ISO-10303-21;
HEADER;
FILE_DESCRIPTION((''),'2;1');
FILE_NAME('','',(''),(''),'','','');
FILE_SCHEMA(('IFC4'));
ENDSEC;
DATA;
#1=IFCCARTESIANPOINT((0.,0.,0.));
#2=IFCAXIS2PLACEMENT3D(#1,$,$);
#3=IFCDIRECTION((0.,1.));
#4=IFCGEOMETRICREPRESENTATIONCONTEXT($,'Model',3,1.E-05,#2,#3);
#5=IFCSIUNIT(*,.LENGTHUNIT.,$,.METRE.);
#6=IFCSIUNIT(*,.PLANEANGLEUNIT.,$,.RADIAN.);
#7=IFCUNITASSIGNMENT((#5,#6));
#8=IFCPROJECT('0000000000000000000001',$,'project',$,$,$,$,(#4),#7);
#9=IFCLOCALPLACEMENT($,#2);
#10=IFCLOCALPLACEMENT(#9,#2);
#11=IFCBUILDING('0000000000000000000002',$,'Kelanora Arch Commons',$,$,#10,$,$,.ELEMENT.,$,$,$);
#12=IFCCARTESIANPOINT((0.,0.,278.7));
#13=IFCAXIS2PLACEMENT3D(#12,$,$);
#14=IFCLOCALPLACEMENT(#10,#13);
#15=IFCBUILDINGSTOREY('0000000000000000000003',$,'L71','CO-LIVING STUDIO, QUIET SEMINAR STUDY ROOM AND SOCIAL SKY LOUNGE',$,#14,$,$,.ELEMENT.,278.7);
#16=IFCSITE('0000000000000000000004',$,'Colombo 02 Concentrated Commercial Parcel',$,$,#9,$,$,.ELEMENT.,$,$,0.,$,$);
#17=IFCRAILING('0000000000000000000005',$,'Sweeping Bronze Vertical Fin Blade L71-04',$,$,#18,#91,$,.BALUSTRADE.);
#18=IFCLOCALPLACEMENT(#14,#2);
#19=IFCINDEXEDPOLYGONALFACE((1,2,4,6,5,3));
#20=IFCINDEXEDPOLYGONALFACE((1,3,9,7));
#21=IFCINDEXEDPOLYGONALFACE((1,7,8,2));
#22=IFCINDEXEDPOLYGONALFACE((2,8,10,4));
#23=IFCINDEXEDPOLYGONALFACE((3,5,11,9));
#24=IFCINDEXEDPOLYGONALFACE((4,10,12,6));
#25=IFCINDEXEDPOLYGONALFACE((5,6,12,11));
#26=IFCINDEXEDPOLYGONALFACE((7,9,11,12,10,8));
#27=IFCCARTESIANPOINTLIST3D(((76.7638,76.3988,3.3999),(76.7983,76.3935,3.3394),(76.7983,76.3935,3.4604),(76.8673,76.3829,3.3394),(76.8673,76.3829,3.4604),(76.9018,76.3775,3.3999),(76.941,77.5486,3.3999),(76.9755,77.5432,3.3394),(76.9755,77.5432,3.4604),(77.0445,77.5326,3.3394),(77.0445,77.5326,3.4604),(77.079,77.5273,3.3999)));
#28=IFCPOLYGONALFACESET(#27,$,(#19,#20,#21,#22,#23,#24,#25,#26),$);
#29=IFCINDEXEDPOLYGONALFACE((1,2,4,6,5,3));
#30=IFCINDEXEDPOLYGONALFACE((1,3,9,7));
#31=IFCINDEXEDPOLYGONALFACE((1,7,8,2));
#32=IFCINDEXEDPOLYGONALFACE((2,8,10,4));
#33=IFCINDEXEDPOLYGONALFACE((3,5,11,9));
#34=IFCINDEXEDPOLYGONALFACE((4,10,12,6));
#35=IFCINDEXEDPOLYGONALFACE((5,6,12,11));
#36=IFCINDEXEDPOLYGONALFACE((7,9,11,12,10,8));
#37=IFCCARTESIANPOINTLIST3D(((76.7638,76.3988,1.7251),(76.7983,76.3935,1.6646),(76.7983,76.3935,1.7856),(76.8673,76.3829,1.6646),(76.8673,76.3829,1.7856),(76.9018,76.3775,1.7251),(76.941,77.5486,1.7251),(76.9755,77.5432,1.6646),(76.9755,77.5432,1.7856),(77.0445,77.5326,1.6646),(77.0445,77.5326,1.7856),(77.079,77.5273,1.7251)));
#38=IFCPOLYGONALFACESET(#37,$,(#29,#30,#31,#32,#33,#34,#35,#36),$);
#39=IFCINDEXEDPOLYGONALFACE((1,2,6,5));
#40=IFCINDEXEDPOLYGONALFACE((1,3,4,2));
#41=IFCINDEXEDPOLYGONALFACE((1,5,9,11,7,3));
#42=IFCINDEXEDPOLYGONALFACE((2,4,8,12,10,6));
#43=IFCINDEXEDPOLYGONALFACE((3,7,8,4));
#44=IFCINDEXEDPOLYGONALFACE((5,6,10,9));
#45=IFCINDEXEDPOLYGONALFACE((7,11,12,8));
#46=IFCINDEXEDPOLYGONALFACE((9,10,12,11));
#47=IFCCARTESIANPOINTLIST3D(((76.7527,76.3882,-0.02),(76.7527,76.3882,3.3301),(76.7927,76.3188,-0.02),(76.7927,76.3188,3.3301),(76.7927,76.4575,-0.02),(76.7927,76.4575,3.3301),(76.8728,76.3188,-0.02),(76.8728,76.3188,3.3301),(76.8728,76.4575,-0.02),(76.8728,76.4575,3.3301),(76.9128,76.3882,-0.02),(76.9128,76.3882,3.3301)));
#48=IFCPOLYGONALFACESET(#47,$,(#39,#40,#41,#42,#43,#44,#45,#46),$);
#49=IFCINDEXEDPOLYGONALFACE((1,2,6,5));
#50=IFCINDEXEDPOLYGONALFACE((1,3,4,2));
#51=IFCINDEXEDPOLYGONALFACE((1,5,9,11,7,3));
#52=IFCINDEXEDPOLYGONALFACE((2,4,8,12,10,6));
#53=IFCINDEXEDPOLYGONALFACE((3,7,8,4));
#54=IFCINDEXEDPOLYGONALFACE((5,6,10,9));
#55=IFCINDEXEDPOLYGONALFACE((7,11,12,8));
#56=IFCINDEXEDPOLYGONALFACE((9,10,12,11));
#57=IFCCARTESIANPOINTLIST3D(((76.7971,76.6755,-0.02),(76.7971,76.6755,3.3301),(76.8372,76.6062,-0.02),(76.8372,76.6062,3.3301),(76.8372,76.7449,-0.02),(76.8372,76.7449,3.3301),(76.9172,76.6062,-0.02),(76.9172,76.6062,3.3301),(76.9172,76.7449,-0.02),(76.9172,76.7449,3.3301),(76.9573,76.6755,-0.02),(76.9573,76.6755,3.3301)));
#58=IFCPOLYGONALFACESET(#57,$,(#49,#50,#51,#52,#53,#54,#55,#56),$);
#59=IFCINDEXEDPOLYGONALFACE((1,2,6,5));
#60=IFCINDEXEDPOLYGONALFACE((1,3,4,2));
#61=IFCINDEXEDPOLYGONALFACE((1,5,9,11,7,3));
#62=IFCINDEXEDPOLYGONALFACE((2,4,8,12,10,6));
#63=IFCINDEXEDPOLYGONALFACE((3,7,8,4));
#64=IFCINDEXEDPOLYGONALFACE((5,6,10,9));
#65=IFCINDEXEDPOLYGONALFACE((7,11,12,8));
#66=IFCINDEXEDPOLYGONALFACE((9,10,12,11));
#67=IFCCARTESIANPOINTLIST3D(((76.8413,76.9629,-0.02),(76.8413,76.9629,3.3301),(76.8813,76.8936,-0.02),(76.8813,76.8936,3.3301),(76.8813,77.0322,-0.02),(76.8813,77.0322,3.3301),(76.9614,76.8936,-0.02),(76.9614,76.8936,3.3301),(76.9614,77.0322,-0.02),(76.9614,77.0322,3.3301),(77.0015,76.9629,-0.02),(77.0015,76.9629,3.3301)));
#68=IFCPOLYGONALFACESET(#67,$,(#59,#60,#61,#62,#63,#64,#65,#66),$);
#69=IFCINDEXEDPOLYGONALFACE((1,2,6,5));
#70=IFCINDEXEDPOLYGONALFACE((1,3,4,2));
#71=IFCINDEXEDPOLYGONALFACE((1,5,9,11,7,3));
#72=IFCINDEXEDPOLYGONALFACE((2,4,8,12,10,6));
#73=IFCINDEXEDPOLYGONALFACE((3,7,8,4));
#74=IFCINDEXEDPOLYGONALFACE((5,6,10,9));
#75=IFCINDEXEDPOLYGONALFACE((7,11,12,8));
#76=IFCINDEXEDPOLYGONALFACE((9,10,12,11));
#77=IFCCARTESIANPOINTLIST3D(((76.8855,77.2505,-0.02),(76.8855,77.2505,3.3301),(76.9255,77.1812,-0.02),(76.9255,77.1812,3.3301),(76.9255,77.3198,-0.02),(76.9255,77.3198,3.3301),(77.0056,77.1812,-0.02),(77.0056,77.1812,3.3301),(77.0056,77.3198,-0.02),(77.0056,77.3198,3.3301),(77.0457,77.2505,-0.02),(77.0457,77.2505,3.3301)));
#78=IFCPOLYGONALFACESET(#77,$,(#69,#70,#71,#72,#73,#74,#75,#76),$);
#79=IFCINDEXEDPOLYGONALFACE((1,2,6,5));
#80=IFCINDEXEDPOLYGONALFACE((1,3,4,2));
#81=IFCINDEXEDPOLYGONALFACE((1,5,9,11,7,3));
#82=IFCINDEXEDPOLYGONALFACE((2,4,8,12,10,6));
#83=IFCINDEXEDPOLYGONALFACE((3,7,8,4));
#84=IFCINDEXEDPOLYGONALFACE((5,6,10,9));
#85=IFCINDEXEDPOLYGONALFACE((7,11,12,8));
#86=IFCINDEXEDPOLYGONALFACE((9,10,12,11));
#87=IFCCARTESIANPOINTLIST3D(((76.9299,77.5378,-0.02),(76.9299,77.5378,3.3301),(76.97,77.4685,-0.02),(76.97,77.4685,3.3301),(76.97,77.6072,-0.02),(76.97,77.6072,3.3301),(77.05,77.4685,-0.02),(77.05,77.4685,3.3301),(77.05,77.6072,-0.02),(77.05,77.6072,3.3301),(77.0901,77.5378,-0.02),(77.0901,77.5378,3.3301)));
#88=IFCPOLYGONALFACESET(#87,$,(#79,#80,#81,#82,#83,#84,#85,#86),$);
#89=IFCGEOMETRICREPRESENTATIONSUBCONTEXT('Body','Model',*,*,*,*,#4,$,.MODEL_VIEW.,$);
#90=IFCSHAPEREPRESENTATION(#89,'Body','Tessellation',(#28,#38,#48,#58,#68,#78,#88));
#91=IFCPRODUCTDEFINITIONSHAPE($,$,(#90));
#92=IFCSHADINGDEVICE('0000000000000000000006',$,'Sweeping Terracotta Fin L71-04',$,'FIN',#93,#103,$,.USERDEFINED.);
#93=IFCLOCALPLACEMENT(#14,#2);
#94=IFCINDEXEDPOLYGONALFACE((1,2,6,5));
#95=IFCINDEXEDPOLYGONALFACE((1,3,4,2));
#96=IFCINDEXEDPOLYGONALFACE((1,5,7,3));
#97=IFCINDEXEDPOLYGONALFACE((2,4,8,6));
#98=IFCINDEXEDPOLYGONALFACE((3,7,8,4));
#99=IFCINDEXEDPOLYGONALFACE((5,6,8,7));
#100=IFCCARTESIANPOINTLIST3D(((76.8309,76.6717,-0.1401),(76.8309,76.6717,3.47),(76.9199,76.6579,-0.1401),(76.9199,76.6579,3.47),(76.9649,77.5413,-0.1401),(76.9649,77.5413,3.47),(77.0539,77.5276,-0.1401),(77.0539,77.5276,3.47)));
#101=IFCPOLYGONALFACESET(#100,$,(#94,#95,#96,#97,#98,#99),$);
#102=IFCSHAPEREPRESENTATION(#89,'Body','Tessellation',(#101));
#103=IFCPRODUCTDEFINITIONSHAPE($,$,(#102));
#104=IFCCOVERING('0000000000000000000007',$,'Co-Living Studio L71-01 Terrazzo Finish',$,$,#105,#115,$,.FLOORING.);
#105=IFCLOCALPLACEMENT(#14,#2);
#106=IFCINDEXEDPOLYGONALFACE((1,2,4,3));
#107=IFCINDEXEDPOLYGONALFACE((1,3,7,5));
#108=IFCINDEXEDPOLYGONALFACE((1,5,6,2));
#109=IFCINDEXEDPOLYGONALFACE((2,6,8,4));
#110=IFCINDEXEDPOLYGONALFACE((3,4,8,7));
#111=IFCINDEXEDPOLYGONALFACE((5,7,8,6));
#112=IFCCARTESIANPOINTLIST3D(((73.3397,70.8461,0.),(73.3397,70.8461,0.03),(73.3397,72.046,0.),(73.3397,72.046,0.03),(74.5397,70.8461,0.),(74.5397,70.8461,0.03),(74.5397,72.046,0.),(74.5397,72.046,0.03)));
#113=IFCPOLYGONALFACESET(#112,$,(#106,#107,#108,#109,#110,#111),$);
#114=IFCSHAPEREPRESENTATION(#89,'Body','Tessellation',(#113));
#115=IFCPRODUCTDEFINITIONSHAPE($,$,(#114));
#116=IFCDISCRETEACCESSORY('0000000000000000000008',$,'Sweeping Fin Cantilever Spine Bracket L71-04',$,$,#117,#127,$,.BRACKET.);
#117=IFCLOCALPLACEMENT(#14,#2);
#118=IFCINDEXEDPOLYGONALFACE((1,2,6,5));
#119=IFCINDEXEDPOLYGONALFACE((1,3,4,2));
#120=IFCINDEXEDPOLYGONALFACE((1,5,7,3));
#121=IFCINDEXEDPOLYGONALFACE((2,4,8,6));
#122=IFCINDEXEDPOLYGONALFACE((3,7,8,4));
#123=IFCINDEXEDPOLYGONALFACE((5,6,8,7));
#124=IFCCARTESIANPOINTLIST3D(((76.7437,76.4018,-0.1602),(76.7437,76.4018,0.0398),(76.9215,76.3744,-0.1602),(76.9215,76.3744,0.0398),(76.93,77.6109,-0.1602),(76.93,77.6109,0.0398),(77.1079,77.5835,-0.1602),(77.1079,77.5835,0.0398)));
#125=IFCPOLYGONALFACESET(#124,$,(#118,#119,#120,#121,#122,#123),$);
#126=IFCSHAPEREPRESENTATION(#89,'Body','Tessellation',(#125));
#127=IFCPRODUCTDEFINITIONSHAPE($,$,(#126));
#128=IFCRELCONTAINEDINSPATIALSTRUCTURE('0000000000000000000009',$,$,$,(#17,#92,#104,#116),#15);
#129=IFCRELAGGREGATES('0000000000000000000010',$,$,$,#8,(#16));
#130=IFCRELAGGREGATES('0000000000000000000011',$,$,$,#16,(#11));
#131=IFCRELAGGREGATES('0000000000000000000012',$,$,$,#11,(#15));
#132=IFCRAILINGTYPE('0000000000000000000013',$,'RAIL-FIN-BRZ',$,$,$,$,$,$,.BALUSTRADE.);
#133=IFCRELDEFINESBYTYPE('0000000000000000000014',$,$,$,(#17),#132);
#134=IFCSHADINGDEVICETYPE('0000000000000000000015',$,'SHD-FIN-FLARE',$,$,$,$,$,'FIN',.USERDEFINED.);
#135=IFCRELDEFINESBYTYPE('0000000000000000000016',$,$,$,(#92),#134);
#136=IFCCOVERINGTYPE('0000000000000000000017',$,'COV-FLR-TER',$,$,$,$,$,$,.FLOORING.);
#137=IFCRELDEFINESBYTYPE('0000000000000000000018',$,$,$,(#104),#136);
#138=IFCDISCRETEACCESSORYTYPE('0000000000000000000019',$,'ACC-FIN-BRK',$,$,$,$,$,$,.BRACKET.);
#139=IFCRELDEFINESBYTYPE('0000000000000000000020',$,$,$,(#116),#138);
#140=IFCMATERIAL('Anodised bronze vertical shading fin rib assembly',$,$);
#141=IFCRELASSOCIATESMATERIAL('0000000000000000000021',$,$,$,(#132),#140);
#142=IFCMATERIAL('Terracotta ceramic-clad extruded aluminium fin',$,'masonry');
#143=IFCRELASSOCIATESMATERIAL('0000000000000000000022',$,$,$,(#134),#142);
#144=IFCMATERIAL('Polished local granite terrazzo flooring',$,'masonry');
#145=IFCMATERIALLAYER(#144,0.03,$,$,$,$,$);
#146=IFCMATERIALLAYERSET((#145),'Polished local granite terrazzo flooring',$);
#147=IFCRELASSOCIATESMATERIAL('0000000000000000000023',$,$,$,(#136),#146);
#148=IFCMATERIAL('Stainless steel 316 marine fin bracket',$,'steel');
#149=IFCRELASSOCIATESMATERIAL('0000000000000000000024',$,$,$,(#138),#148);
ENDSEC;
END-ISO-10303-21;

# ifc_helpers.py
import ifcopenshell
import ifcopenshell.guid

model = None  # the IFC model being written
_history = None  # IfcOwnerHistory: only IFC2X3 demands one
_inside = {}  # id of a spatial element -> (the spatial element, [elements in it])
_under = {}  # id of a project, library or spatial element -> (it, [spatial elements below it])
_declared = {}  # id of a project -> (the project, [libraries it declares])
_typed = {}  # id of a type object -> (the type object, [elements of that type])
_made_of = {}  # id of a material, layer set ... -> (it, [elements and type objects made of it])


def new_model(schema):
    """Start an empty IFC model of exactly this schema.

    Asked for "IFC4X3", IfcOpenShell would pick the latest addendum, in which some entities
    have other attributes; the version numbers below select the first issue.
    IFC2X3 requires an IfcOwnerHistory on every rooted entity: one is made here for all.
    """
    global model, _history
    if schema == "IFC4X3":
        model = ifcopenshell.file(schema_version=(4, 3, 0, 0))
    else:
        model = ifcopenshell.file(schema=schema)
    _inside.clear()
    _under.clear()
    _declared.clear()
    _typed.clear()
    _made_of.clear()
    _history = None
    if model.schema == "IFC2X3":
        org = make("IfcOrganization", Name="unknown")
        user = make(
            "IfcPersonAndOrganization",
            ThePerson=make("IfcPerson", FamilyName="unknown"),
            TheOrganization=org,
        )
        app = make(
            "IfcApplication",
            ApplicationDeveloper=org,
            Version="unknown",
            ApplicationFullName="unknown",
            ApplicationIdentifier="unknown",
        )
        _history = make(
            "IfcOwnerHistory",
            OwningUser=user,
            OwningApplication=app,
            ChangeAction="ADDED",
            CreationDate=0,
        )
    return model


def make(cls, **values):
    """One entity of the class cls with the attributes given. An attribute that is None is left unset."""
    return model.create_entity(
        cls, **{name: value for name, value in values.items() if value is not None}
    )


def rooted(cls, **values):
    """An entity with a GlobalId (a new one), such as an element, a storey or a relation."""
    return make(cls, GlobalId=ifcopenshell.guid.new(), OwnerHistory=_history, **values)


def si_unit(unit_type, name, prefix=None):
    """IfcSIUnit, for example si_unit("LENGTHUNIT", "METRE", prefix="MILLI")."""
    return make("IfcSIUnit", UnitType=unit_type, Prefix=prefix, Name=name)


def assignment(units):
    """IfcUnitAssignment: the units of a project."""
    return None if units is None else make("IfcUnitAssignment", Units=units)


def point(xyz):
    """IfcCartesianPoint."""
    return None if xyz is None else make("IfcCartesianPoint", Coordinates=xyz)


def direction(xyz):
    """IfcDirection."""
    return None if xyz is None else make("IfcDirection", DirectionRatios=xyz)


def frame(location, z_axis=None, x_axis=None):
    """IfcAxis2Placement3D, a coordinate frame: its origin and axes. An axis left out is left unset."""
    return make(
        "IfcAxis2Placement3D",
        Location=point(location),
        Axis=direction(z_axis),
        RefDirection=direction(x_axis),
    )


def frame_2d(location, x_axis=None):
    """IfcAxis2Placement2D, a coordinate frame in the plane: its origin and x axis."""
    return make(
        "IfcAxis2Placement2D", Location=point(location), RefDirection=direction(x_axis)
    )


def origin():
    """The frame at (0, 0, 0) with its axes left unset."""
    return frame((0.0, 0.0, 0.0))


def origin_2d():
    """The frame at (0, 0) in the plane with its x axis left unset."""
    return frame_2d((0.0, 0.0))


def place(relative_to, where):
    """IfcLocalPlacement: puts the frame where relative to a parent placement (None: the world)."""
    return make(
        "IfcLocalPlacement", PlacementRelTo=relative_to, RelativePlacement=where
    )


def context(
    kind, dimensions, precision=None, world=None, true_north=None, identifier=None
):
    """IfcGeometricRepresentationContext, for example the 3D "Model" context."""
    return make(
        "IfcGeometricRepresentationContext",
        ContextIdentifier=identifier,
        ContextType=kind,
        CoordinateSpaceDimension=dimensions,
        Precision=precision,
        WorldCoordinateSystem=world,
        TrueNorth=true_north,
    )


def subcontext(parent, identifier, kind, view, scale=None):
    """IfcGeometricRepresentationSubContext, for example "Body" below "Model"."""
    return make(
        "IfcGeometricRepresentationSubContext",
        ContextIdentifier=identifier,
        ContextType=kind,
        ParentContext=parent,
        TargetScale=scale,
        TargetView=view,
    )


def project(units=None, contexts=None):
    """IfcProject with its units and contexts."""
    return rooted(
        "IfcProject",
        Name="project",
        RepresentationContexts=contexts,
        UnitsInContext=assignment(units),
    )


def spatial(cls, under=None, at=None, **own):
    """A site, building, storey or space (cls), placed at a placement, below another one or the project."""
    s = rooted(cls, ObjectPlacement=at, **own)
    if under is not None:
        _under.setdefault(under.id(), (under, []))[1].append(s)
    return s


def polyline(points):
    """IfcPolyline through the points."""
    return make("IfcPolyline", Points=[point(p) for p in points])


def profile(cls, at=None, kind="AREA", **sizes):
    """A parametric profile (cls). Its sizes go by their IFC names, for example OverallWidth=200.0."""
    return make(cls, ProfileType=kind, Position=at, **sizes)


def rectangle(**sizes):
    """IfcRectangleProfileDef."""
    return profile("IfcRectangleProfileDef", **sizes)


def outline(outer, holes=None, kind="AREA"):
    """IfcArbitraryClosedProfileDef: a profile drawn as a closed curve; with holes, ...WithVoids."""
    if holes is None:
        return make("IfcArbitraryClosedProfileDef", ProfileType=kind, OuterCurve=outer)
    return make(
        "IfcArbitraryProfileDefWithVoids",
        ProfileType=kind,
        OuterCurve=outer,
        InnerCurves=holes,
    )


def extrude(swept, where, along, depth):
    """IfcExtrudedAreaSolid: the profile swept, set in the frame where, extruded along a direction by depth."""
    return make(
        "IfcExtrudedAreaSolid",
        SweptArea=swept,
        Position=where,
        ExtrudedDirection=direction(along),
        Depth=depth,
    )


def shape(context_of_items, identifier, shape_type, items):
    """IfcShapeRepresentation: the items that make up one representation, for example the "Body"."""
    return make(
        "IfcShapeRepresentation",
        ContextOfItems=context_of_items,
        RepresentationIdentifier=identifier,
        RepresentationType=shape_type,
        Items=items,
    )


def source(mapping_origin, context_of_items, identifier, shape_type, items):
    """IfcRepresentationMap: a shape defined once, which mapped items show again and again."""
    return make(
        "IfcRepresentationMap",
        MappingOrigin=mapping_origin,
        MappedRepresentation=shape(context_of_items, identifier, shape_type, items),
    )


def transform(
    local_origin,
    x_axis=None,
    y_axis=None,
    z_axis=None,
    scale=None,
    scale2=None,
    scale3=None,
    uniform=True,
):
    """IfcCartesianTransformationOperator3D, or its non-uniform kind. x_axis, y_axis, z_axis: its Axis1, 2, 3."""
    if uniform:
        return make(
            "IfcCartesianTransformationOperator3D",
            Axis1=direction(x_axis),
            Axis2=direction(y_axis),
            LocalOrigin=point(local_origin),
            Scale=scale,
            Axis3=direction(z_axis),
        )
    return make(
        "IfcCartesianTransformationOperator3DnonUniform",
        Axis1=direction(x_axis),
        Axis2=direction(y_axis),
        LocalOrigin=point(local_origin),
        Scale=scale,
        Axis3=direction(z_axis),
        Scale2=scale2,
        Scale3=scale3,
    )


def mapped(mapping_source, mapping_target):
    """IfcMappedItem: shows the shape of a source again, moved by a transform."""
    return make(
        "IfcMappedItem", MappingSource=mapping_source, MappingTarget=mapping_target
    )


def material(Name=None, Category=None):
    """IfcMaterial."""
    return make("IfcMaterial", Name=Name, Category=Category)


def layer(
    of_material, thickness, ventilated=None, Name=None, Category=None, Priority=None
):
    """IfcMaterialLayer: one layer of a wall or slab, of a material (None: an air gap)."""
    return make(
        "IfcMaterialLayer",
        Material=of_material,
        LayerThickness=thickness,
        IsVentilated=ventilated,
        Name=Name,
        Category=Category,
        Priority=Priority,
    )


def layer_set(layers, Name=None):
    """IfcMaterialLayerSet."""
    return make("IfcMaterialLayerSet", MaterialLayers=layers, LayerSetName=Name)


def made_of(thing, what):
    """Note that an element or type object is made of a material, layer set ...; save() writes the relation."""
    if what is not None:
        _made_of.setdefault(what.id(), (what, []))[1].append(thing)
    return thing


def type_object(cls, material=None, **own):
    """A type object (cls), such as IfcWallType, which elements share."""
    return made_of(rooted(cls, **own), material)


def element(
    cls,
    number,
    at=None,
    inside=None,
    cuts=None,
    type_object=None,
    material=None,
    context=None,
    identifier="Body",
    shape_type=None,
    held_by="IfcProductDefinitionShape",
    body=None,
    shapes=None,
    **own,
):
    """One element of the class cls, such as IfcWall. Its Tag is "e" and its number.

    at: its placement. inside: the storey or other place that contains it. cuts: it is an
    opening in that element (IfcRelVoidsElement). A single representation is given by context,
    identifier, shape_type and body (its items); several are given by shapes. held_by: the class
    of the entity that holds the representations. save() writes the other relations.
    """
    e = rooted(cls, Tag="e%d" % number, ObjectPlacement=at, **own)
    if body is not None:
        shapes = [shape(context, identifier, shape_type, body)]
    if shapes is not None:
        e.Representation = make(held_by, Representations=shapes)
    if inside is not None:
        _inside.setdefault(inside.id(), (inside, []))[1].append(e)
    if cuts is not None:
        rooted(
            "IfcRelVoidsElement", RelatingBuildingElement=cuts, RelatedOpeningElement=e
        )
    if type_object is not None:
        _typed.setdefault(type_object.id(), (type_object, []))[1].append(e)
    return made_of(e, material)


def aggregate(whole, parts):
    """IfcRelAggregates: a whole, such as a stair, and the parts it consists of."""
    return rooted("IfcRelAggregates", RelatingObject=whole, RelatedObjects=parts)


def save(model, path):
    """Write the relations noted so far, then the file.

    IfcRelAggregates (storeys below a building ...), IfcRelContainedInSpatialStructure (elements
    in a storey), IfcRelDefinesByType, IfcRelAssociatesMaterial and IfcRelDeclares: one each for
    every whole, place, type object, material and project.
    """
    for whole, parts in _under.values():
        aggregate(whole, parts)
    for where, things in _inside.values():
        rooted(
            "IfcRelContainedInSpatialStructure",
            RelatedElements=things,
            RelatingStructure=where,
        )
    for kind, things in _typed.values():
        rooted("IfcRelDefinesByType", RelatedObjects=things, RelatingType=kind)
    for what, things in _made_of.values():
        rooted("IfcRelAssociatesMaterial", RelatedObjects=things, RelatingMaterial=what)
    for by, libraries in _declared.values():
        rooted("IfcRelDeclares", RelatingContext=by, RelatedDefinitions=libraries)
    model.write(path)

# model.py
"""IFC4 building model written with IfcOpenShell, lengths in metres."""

from ifc_helpers import new_model, si_unit, direction, frame, origin, origin_2d, place, context, subcontext, project, spatial, polyline, rectangle, outline, extrude, source, transform, mapped, material, layer, layer_set, type_object, element, save


model = new_model("IFC4")

# Units and contexts
model_context = context("Model", 3, precision=1e-05, world=origin(), true_north=direction((0.0, 1.0)))
body_context = subcontext(model_context, "Body", "Model", "MODEL_VIEW")
ifc_project = project(units=[si_unit("LENGTHUNIT", "METRE"), si_unit("PLANEANGLEUNIT", "RADIAN")], contexts=[model_context])

# Site, building, storey
site_placement = place(None, origin())
site = spatial("IfcSite", under=ifc_project, at=site_placement, Name="Colombo 02 Concentrated Commercial Parcel", CompositionType="ELEMENT", RefElevation=0.0)
building_placement = place(site_placement, origin())
building = spatial("IfcBuilding", under=site, at=building_placement, Name="Kelanora Arch Commons", CompositionType="ELEMENT")
storey_placement = place(building_placement, frame((0.0, 0.0, 278.7)))
storey = spatial("IfcBuildingStorey", under=building, at=storey_placement, Name="L71", Description="CO-LIVING STUDIO, QUIET SEMINAR STUDY ROOM AND SOCIAL SKY LOUNGE", CompositionType="ELEMENT", Elevation=278.7)

# Railing
ifc_material_1 = material(Name="Anodised bronze vertical shading fin rib assembly")
railing_type = type_object("IfcRailingType", Name="RAIL-FIN-BRZ", PredefinedType="BALUSTRADE", material=ifc_material_1)
railing_placement = place(storey_placement, frame((76.8328, 76.3882, -0.02)))
element("IfcRailing", 1, at=railing_placement, inside=storey, type_object=railing_type, Name="Sweeping Bronze Vertical Fin Blade L71-04", PredefinedType="BALUSTRADE", context=body_context, shape_type="SweptSolid", body=[
    extrude(outline(polyline([(0.0698, 0.0), (0.0349, 0.0605), (-0.0349, 0.0605), (-0.0698, 0.0), (-0.0349, -0.0605), (0.0349, -0.0605), (0.0698, 0.0)])), frame((0.0, 0.0, 3.4199), z_axis=(0.152373, 0.988323, 0.0), x_axis=(-0.988323, 0.152373, 0.0)), (0.0, 0.0, 1.0), 1.1633),
    extrude(outline(polyline([(0.0698, 0.0), (0.0349, 0.0605), (-0.0349, 0.0605), (-0.0698, 0.0), (-0.0349, -0.0605), (0.0349, -0.0605), (0.0698, 0.0)])), frame((0.0, 0.0, 1.7451), z_axis=(0.152373, 0.988323, 0.0), x_axis=(-0.988323, 0.152373, 0.0)), (0.0, 0.0, 1.0), 1.1633),
    extrude(outline(polyline([(0.0801, 0.0), (0.04, 0.0693), (-0.04, 0.0693), (-0.0801, 0.0), (-0.04, -0.0693), (0.04, -0.0693), (0.0801, 0.0)])), origin(), (0.0, 0.0, 1.0), 3.3501),
    extrude(outline(polyline([(0.0801, 0.0), (0.04, 0.0693), (-0.04, 0.0693), (-0.0801, 0.0), (-0.04, -0.0693), (0.04, -0.0693), (0.0801, 0.0)])), frame((0.0444, 0.2874, 0.0)), (0.0, 0.0, 1.0), 3.3501),
    extrude(outline(polyline([(0.0801, 0.0), (0.04, 0.0693), (-0.04, 0.0693), (-0.0801, 0.0), (-0.04, -0.0693), (0.04, -0.0693), (0.0801, 0.0)])), frame((0.0886, 0.5747, 0.0)), (0.0, 0.0, 1.0), 3.3501),
    extrude(outline(polyline([(0.0801, 0.0), (0.04, 0.0693), (-0.04, 0.0693), (-0.0801, 0.0), (-0.04, -0.0693), (0.04, -0.0693), (0.0801, 0.0)])), frame((0.1328, 0.8623, 0.0)), (0.0, 0.0, 1.0), 3.3501),
    extrude(outline(polyline([(0.0801, 0.0), (0.04, 0.0693), (-0.04, 0.0693), (-0.0801, 0.0), (-0.04, -0.0693), (0.04, -0.0693), (0.0801, 0.0)])), frame((0.1772, 1.1497, 0.0)), (0.0, 0.0, 1.0), 3.3501),
])

# Shading device
ifc_material_2 = material(Name="Terracotta ceramic-clad extruded aluminium fin", Category="masonry")
shading_device_type = type_object("IfcShadingDeviceType", Name="SHD-FIN-FLARE", ElementType="FIN", PredefinedType="USERDEFINED", material=ifc_material_2)
shared_shape_1 = source(origin(), body_context, "Body", "SweptSolid", [
    extrude(rectangle(XDim=0.8799, YDim=0.0901, at=origin_2d()), origin(), (0.0, 0.0, 1.0), 3.6101),
])
shading_device_placement = place(storey_placement, frame((76.9424, 77.0996, -0.1401), z_axis=(0.0, 0.0, 1.0), x_axis=(0.152296, 0.988335, 0.0)))
element("IfcShadingDevice", 2, at=shading_device_placement, inside=storey, type_object=shading_device_type, Name="Sweeping Terracotta Fin L71-04", ObjectType="FIN", PredefinedType="USERDEFINED", context=body_context, shape_type="MappedRepresentation", body=[
    mapped(shared_shape_1, transform((0.0, 0.0, 0.0), scale=1.0)),
])

# Covering
ifc_material_3 = material(Name="Polished local granite terrazzo flooring", Category="masonry")
ifc_layer_1 = layer(ifc_material_3, 0.03)
ifc_layer_set_1 = layer_set([ifc_layer_1], Name="Polished local granite terrazzo flooring")
covering_type = type_object("IfcCoveringType", Name="COV-FLR-TER", PredefinedType="FLOORING", material=ifc_layer_set_1)
shared_shape_2 = source(origin(), body_context, "Body", "SweptSolid", [
    extrude(rectangle(XDim=1.2, YDim=1.2, at=origin_2d()), origin(), (0.0, 0.0, 1.0), 0.03),
])
covering_placement = place(storey_placement, frame((73.9397, 71.446, 0.0), z_axis=(0.0, 0.0, 1.0), x_axis=(1.0, 0.0, 0.0)))
element("IfcCovering", 3, at=covering_placement, inside=storey, type_object=covering_type, Name="Co-Living Studio L71-01 Terrazzo Finish", PredefinedType="FLOORING", context=body_context, shape_type="MappedRepresentation", body=[
    mapped(shared_shape_2, transform((0.0, 0.0, 0.0), scale=1.0)),
])

# Discrete accessory
ifc_material_4 = material(Name="Stainless steel 316 marine fin bracket", Category="steel")
discrete_accessory_type = type_object("IfcDiscreteAccessoryType", Name="ACC-FIN-BRK", PredefinedType="BRACKET", material=ifc_material_4)
shared_shape_3 = source(origin(), body_context, "Body", "SweptSolid", [
    extrude(rectangle(XDim=1.2234, YDim=0.1799, at=origin_2d()), origin(), (0.0, 0.0, 1.0), 0.2),
])
discrete_accessory_placement = place(storey_placement, frame((76.9258, 76.9927, -0.1602), z_axis=(0.0, 0.0, 1.0), x_axis=(0.152296, 0.988335, 0.0)))
element("IfcDiscreteAccessory", 4, at=discrete_accessory_placement, inside=storey, type_object=discrete_accessory_type, Name="Sweeping Fin Cantilever Spine Bracket L71-04", PredefinedType="BRACKET", context=body_context, shape_type="MappedRepresentation", body=[
    mapped(shared_shape_3, transform((0.0, 0.0, 0.0), scale=1.0)),
])

save(model, "model.ifc")
